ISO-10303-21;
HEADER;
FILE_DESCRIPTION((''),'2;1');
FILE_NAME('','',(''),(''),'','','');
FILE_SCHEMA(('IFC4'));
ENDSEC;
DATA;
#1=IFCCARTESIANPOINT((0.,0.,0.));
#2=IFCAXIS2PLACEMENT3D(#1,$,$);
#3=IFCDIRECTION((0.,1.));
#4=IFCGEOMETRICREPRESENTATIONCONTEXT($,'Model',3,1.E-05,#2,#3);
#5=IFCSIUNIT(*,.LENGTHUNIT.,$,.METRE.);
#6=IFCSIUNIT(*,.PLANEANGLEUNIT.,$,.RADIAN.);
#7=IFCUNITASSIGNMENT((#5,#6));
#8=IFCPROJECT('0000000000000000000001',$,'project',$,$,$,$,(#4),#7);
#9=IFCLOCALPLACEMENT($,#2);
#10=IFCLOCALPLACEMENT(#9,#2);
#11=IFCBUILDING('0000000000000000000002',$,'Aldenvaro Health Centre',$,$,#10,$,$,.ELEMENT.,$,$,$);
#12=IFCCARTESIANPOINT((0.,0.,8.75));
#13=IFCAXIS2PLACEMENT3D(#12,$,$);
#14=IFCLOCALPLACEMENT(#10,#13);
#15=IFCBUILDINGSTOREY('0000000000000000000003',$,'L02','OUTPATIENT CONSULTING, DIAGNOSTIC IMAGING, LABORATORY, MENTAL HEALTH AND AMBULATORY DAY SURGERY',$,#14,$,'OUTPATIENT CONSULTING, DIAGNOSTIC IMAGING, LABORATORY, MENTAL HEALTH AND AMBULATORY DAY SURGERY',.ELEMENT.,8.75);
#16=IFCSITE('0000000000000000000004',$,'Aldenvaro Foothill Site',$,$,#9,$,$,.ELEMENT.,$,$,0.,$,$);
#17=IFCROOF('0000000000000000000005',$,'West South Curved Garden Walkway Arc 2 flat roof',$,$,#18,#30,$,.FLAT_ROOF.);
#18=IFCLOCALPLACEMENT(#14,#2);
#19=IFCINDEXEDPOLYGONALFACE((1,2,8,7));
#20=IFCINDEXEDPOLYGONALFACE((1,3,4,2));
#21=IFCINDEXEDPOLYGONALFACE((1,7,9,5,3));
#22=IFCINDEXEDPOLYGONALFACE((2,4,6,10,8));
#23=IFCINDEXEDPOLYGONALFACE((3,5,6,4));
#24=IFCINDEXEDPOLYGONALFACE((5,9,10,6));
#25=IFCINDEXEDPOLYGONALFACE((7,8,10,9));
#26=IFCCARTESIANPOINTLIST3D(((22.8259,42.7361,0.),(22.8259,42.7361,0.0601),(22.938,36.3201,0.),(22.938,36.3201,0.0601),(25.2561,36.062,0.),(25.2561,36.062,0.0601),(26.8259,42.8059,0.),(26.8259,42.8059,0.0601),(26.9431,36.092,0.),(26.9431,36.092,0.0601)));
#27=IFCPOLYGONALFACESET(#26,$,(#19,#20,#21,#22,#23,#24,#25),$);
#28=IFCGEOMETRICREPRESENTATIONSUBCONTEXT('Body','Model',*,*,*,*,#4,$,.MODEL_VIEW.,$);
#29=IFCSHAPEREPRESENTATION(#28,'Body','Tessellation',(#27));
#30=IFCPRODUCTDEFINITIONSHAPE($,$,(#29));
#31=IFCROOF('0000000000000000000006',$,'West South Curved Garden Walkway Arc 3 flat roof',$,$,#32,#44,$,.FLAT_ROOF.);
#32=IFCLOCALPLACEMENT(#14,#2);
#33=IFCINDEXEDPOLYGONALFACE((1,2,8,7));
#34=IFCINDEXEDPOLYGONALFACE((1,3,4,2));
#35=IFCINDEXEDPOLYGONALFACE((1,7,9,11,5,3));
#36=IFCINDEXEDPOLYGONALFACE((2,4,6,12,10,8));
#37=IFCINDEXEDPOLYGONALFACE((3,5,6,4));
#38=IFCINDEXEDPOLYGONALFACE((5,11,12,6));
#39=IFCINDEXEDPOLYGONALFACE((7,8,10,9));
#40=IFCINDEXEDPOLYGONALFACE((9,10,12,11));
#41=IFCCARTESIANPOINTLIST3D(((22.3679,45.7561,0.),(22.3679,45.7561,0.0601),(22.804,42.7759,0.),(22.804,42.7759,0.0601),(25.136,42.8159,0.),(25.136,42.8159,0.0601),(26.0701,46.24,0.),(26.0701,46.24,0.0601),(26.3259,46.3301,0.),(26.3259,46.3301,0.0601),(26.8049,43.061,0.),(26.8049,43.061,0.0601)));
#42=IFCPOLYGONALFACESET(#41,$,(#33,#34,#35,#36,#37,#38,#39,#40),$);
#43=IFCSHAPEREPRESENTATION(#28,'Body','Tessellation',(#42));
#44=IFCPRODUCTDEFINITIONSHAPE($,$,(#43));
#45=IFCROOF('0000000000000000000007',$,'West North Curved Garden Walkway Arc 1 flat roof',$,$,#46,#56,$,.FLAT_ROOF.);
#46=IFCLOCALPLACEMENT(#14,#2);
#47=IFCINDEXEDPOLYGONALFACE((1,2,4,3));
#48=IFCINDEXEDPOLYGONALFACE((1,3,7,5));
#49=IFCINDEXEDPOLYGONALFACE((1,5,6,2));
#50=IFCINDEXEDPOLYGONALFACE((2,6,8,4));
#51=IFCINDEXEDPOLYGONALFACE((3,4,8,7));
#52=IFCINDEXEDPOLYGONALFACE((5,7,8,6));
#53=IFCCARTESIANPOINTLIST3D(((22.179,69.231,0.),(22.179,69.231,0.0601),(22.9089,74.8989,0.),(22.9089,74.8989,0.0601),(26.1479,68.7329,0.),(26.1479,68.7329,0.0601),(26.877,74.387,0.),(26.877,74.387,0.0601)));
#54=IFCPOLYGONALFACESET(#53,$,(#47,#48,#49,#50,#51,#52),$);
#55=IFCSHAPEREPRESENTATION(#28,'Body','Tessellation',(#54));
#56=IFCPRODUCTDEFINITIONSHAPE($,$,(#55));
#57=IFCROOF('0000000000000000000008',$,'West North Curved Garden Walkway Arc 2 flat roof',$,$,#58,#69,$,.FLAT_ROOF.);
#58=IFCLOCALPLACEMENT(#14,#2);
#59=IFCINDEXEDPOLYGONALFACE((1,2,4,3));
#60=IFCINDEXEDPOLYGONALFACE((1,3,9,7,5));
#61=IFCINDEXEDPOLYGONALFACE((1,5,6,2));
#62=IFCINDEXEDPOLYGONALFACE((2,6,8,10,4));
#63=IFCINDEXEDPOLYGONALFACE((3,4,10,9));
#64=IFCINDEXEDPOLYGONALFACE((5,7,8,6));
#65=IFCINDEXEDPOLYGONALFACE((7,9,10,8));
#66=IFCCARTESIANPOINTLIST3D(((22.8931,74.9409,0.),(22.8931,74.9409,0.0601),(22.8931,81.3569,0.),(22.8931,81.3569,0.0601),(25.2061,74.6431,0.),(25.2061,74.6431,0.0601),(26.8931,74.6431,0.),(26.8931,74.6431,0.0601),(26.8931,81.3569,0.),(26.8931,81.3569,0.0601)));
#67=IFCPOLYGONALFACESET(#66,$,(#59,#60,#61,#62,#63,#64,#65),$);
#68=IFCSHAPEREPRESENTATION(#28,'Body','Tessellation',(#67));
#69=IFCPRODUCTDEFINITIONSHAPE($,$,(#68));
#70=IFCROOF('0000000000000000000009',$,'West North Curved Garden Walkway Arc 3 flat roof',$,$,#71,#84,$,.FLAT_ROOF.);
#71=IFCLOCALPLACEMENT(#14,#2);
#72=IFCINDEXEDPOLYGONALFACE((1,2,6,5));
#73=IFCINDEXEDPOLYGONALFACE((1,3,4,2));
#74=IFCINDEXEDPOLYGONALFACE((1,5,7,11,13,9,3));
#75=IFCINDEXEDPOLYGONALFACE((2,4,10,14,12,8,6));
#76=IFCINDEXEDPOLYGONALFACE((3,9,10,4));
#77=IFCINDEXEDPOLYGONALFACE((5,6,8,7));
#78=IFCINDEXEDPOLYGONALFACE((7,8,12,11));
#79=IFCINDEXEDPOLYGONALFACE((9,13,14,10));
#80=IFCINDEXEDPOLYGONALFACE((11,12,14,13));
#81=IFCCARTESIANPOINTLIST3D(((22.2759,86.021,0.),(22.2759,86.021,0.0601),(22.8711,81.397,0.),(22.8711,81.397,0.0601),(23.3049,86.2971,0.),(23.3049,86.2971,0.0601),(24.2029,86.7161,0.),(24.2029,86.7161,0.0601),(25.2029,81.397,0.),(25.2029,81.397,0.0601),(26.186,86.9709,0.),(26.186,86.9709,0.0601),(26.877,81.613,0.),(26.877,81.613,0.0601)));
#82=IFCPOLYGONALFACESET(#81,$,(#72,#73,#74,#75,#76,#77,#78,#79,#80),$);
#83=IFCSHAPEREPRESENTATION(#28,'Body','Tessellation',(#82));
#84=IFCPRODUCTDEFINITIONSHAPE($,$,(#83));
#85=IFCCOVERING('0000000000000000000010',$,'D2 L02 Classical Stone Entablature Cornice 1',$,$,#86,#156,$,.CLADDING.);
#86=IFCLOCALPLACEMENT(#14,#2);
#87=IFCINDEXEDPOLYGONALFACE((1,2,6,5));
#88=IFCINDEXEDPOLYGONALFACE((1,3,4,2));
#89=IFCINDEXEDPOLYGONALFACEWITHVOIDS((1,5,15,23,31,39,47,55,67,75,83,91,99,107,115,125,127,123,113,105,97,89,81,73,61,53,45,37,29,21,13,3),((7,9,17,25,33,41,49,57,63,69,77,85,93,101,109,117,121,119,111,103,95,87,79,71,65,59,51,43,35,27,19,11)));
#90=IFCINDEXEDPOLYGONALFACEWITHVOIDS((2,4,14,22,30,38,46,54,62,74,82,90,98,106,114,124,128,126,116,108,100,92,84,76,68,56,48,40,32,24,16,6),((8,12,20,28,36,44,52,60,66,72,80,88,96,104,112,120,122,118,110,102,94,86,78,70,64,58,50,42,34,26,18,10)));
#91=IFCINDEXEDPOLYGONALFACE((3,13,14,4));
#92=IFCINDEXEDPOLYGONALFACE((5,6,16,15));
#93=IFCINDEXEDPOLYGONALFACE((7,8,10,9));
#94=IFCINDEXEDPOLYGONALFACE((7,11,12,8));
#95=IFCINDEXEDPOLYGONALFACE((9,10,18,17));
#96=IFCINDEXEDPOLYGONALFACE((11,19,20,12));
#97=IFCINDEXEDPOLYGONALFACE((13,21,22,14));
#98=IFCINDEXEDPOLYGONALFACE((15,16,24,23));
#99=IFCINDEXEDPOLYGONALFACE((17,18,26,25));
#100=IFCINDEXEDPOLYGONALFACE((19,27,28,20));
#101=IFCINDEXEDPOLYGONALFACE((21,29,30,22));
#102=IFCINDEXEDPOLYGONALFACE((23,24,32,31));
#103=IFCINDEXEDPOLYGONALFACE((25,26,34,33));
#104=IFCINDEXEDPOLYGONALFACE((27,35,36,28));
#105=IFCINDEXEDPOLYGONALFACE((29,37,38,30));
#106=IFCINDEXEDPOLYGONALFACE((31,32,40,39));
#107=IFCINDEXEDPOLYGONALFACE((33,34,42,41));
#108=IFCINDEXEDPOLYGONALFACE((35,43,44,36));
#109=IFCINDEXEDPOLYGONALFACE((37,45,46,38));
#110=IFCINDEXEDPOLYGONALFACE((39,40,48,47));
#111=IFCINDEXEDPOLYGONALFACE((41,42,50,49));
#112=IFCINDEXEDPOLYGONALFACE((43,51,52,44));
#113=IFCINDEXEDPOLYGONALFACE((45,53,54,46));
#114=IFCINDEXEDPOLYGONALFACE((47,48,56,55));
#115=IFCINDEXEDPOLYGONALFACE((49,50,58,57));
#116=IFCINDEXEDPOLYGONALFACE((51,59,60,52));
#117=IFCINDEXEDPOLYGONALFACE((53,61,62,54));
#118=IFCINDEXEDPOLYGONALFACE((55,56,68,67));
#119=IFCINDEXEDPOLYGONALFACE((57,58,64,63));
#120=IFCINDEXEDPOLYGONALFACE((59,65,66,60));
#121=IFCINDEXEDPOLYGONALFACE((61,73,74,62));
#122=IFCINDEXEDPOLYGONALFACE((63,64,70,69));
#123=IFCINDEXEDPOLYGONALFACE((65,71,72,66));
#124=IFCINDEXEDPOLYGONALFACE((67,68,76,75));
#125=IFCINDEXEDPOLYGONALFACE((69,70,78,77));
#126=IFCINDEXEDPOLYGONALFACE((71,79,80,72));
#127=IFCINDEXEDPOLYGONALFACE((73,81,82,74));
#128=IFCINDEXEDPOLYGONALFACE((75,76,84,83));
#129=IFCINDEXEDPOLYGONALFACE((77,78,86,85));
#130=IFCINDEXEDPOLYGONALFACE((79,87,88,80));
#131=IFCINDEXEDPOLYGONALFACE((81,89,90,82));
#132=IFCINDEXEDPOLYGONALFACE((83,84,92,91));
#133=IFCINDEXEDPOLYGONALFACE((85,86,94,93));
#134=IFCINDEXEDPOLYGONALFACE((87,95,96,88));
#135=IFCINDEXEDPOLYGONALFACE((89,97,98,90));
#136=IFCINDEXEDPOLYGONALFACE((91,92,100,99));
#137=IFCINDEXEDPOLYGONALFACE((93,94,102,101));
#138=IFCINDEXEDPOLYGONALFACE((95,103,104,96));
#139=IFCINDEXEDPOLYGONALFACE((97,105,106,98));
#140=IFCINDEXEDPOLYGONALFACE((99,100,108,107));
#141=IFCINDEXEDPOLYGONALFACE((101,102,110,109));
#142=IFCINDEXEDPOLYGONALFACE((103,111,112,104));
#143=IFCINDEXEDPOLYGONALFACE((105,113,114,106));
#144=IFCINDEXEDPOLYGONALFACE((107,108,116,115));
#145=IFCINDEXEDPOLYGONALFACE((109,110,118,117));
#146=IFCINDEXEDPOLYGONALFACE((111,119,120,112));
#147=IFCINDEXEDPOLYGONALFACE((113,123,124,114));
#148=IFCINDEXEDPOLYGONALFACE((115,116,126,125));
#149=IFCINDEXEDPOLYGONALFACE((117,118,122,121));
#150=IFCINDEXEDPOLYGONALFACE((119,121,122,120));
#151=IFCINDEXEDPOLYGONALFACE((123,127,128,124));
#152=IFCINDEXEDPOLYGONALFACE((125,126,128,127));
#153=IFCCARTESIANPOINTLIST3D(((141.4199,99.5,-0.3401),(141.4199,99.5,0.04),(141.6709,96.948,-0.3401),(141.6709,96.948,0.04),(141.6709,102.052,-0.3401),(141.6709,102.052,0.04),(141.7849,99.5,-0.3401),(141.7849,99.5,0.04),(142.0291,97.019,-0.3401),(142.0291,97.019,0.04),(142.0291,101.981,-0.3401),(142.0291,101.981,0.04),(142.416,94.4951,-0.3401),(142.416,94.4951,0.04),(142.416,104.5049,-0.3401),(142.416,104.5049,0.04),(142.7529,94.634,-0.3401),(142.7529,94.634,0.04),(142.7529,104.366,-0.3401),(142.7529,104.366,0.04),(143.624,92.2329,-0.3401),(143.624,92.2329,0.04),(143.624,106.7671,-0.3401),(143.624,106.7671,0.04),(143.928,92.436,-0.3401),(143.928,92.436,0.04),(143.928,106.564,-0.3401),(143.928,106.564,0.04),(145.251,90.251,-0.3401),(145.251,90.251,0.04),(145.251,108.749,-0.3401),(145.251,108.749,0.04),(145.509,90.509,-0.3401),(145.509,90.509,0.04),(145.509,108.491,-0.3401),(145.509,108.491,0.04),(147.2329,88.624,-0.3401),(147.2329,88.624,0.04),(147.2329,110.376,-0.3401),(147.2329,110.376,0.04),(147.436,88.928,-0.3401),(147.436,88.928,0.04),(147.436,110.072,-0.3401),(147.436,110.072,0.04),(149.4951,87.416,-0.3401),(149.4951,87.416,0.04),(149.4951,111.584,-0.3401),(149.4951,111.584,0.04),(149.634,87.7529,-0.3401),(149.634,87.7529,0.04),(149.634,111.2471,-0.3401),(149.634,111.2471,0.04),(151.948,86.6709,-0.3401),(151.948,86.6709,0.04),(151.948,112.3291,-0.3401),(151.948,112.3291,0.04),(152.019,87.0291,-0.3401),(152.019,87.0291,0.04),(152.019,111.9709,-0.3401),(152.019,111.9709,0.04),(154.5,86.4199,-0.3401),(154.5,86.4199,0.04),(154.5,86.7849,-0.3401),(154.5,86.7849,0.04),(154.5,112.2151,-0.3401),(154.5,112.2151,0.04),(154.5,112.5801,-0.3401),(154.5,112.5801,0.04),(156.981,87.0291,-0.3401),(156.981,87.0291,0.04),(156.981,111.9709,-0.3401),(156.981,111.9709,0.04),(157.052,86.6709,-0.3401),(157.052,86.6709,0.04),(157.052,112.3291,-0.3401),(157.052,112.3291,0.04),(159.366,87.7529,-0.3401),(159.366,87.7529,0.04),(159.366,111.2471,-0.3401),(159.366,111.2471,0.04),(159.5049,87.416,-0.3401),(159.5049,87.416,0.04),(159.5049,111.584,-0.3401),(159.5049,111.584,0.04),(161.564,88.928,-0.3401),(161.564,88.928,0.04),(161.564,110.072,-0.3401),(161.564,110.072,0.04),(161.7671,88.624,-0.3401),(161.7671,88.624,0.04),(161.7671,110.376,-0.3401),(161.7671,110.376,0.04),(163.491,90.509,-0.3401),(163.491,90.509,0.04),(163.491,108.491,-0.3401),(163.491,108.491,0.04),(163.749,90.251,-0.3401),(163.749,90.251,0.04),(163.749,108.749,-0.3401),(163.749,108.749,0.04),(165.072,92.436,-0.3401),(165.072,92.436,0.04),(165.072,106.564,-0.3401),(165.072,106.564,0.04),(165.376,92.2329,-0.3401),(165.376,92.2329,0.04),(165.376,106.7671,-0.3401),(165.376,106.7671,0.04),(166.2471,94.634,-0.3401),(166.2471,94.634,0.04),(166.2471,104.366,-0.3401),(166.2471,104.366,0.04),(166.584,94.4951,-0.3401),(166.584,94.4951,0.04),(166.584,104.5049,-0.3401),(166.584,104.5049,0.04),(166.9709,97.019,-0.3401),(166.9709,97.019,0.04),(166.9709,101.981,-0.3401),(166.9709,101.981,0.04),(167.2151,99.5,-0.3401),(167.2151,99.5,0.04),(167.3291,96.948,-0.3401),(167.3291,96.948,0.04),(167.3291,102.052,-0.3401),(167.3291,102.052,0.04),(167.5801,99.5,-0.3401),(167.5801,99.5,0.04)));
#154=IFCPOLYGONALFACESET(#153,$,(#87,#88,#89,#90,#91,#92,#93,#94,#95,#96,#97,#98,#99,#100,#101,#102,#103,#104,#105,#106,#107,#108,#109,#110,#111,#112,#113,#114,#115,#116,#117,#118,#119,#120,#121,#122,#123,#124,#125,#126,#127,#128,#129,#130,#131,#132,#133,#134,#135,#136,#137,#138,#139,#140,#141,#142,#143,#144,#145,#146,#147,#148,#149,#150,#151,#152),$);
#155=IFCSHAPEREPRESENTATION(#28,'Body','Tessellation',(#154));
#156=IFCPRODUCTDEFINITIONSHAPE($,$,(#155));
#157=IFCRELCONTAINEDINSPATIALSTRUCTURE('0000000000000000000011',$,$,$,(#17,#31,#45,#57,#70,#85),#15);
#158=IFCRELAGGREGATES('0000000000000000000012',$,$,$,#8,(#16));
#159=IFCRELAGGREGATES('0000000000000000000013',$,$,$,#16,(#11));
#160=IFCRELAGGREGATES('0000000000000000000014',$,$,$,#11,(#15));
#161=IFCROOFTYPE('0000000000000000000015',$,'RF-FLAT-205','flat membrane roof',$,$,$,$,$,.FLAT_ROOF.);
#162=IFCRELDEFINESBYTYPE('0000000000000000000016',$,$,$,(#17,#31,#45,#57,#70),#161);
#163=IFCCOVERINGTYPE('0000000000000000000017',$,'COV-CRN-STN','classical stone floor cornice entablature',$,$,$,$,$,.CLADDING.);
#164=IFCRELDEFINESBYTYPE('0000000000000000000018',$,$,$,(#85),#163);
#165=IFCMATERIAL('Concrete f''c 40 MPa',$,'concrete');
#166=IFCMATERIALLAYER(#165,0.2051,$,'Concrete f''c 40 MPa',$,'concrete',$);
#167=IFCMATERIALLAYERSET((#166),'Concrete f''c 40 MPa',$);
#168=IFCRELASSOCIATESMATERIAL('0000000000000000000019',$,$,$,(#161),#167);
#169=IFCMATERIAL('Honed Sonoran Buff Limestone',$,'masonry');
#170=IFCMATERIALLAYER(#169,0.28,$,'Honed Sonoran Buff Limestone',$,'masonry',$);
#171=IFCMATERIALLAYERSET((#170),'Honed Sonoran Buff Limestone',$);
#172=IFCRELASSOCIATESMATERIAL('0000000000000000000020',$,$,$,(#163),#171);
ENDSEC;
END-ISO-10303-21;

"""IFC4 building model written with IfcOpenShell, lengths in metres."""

from ifc_helpers import new_model, si_unit, direction, frame, origin, place, context, subcontext, project, spatial, polyline, outline, extrude, material, layer, layer_set, type_object, element, save


model = new_model("IFC4")

# Units and contexts
model_context = context("Model", 3, precision=1e-05, world=origin(), true_north=direction((0.0, 1.0)))
body_context = subcontext(model_context, "Body", "Model", "MODEL_VIEW")
ifc_project = project(units=[si_unit("LENGTHUNIT", "METRE"), si_unit("PLANEANGLEUNIT", "RADIAN")], contexts=[model_context])

# Site, building, storey
site_placement = place(None, origin())
site = spatial("IfcSite", under=ifc_project, at=site_placement, Name="Aldenvaro Foothill Site", CompositionType="ELEMENT", RefElevation=0.0)
building_placement = place(site_placement, origin())
building = spatial("IfcBuilding", under=site, at=building_placement, Name="Aldenvaro Health Centre", CompositionType="ELEMENT")
storey_placement = place(building_placement, frame((0.0, 0.0, 8.75)))
storey = spatial("IfcBuildingStorey", under=building, at=storey_placement, Name="L02", Description="OUTPATIENT CONSULTING, DIAGNOSTIC IMAGING, LABORATORY, MENTAL HEALTH AND AMBULATORY DAY SURGERY", LongName="OUTPATIENT CONSULTING, DIAGNOSTIC IMAGING, LABORATORY, MENTAL HEALTH AND AMBULATORY DAY SURGERY", CompositionType="ELEMENT", Elevation=8.75)

# Shared definitions
ifc_material_1 = material(Name="Concrete f'c 40 MPa", Category="concrete")

# Roofs
ifc_layer_1 = layer(ifc_material_1, 0.2051, Name="Concrete f'c 40 MPa", Category="concrete")
ifc_layer_set_1 = layer_set([ifc_layer_1], Name="Concrete f'c 40 MPa")
roof_type = type_object("IfcRoofType", Name="RF-FLAT-205", Description="flat membrane roof", PredefinedType="FLAT_ROOF", material=ifc_layer_set_1)
roof_1_placement = place(storey_placement, origin())
element("IfcRoof", 1, at=roof_1_placement, inside=storey, type_object=roof_type, Name="West South Curved Garden Walkway Arc 2 flat roof", PredefinedType="FLAT_ROOF", context=body_context, shape_type="SweptSolid", body=[
    extrude(outline(polyline([(22.8259, 42.7361), (26.8259, 42.8059), (26.9431, 36.092), (25.2561, 36.062), (22.938, 36.3201), (22.8259, 42.7361)])), origin(), (0.0, 0.0, 1.0), 0.0601),
])
roof_2_placement = place(storey_placement, origin())
element("IfcRoof", 2, at=roof_2_placement, inside=storey, type_object=roof_type, Name="West South Curved Garden Walkway Arc 3 flat roof", PredefinedType="FLAT_ROOF", context=body_context, shape_type="SweptSolid", body=[
    extrude(outline(polyline([(26.8049, 43.061), (25.136, 42.8159), (22.804, 42.7759), (22.3679, 45.7561), (26.0701, 46.24), (26.3259, 46.3301), (26.8049, 43.061)])), origin(), (0.0, 0.0, 1.0), 0.0601),
])
roof_3_placement = place(storey_placement, origin())
element("IfcRoof", 3, at=roof_3_placement, inside=storey, type_object=roof_type, Name="West North Curved Garden Walkway Arc 1 flat roof", PredefinedType="FLAT_ROOF", context=body_context, shape_type="SweptSolid", body=[
    extrude(outline(polyline([(22.179, 69.231), (22.9089, 74.8989), (26.877, 74.387), (26.1479, 68.7329), (22.179, 69.231)])), origin(), (0.0, 0.0, 1.0), 0.0601),
])
roof_4_placement = place(storey_placement, origin())
element("IfcRoof", 4, at=roof_4_placement, inside=storey, type_object=roof_type, Name="West North Curved Garden Walkway Arc 2 flat roof", PredefinedType="FLAT_ROOF", context=body_context, shape_type="SweptSolid", body=[
    extrude(outline(polyline([(22.8931, 81.3569), (26.8931, 81.3569), (26.8931, 74.6431), (25.2061, 74.6431), (22.8931, 74.9409), (22.8931, 81.3569)])), origin(), (0.0, 0.0, 1.0), 0.0601),
])
roof_5_placement = place(storey_placement, origin())
element("IfcRoof", 5, at=roof_5_placement, inside=storey, type_object=roof_type, Name="West North Curved Garden Walkway Arc 3 flat roof", PredefinedType="FLAT_ROOF", context=body_context, shape_type="SweptSolid", body=[
    extrude(outline(polyline([(26.186, 86.9709), (26.877, 81.613), (25.2029, 81.397), (22.8711, 81.397), (22.2759, 86.021), (23.3049, 86.2971), (24.2029, 86.7161), (26.186, 86.9709)])), origin(), (0.0, 0.0, 1.0), 0.0601),
])

# Covering
ifc_material_2 = material(Name="Honed Sonoran Buff Limestone", Category="masonry")
ifc_layer_2 = layer(ifc_material_2, 0.28, Name="Honed Sonoran Buff Limestone", Category="masonry")
ifc_layer_set_2 = layer_set([ifc_layer_2], Name="Honed Sonoran Buff Limestone")
covering_type = type_object("IfcCoveringType", Name="COV-CRN-STN", Description="classical stone floor cornice entablature", PredefinedType="CLADDING", material=ifc_layer_set_2)
covering_1_placement = place(storey_placement, frame((0.0, 0.0, -0.3401)))
element("IfcCovering", 6, at=covering_1_placement, inside=storey, type_object=covering_type, Name="D2 L02 Classical Stone Entablature Cornice 1", PredefinedType="CLADDING", context=body_context, shape_type="SweptSolid", body=[
    extrude(outline(polyline([(167.5801, 99.5), (167.3291, 102.052), (166.584, 104.5049), (165.376, 106.7671), (163.749, 108.749), (161.7671, 110.376), (159.5049, 111.584), (157.052, 112.3291), (154.5, 112.5801), (151.948, 112.3291), (149.4951, 111.584), (147.2329, 110.376), (145.251, 108.749), (143.624, 106.7671), (142.416, 104.5049), (141.6709, 102.052), (141.4199, 99.5), (141.6709, 96.948), (142.416, 94.4951), (143.624, 92.2329), (145.251, 90.251), (147.2329, 88.624), (149.4951, 87.416), (151.948, 86.6709), (154.5, 86.4199), (157.052, 86.6709), (159.5049, 87.416), (161.7671, 88.624), (163.749, 90.251), (165.376, 92.2329), (166.584, 94.4951), (167.3291, 96.948), (167.5801, 99.5)]), holes=[polyline([(167.2151, 99.5), (166.9709, 97.019), (166.2471, 94.634), (165.072, 92.436), (163.491, 90.509), (161.564, 88.928), (159.366, 87.7529), (156.981, 87.0291), (154.5, 86.7849), (152.019, 87.0291), (149.634, 87.7529), (147.436, 88.928), (145.509, 90.509), (143.928, 92.436), (142.7529, 94.634), (142.0291, 97.019), (141.7849, 99.5), (142.0291, 101.981), (142.7529, 104.366), (143.928, 106.564), (145.509, 108.491), (147.436, 110.072), (149.634, 111.2471), (152.019, 111.9709), (154.5, 112.2151), (156.981, 111.9709), (159.366, 111.2471), (161.564, 110.072), (163.491, 108.491), (165.072, 106.564), (166.2471, 104.366), (166.9709, 101.981), (167.2151, 99.5)])]), origin(), (0.0, 0.0, 1.0), 0.3801),
])

save(model, "model.ifc")
